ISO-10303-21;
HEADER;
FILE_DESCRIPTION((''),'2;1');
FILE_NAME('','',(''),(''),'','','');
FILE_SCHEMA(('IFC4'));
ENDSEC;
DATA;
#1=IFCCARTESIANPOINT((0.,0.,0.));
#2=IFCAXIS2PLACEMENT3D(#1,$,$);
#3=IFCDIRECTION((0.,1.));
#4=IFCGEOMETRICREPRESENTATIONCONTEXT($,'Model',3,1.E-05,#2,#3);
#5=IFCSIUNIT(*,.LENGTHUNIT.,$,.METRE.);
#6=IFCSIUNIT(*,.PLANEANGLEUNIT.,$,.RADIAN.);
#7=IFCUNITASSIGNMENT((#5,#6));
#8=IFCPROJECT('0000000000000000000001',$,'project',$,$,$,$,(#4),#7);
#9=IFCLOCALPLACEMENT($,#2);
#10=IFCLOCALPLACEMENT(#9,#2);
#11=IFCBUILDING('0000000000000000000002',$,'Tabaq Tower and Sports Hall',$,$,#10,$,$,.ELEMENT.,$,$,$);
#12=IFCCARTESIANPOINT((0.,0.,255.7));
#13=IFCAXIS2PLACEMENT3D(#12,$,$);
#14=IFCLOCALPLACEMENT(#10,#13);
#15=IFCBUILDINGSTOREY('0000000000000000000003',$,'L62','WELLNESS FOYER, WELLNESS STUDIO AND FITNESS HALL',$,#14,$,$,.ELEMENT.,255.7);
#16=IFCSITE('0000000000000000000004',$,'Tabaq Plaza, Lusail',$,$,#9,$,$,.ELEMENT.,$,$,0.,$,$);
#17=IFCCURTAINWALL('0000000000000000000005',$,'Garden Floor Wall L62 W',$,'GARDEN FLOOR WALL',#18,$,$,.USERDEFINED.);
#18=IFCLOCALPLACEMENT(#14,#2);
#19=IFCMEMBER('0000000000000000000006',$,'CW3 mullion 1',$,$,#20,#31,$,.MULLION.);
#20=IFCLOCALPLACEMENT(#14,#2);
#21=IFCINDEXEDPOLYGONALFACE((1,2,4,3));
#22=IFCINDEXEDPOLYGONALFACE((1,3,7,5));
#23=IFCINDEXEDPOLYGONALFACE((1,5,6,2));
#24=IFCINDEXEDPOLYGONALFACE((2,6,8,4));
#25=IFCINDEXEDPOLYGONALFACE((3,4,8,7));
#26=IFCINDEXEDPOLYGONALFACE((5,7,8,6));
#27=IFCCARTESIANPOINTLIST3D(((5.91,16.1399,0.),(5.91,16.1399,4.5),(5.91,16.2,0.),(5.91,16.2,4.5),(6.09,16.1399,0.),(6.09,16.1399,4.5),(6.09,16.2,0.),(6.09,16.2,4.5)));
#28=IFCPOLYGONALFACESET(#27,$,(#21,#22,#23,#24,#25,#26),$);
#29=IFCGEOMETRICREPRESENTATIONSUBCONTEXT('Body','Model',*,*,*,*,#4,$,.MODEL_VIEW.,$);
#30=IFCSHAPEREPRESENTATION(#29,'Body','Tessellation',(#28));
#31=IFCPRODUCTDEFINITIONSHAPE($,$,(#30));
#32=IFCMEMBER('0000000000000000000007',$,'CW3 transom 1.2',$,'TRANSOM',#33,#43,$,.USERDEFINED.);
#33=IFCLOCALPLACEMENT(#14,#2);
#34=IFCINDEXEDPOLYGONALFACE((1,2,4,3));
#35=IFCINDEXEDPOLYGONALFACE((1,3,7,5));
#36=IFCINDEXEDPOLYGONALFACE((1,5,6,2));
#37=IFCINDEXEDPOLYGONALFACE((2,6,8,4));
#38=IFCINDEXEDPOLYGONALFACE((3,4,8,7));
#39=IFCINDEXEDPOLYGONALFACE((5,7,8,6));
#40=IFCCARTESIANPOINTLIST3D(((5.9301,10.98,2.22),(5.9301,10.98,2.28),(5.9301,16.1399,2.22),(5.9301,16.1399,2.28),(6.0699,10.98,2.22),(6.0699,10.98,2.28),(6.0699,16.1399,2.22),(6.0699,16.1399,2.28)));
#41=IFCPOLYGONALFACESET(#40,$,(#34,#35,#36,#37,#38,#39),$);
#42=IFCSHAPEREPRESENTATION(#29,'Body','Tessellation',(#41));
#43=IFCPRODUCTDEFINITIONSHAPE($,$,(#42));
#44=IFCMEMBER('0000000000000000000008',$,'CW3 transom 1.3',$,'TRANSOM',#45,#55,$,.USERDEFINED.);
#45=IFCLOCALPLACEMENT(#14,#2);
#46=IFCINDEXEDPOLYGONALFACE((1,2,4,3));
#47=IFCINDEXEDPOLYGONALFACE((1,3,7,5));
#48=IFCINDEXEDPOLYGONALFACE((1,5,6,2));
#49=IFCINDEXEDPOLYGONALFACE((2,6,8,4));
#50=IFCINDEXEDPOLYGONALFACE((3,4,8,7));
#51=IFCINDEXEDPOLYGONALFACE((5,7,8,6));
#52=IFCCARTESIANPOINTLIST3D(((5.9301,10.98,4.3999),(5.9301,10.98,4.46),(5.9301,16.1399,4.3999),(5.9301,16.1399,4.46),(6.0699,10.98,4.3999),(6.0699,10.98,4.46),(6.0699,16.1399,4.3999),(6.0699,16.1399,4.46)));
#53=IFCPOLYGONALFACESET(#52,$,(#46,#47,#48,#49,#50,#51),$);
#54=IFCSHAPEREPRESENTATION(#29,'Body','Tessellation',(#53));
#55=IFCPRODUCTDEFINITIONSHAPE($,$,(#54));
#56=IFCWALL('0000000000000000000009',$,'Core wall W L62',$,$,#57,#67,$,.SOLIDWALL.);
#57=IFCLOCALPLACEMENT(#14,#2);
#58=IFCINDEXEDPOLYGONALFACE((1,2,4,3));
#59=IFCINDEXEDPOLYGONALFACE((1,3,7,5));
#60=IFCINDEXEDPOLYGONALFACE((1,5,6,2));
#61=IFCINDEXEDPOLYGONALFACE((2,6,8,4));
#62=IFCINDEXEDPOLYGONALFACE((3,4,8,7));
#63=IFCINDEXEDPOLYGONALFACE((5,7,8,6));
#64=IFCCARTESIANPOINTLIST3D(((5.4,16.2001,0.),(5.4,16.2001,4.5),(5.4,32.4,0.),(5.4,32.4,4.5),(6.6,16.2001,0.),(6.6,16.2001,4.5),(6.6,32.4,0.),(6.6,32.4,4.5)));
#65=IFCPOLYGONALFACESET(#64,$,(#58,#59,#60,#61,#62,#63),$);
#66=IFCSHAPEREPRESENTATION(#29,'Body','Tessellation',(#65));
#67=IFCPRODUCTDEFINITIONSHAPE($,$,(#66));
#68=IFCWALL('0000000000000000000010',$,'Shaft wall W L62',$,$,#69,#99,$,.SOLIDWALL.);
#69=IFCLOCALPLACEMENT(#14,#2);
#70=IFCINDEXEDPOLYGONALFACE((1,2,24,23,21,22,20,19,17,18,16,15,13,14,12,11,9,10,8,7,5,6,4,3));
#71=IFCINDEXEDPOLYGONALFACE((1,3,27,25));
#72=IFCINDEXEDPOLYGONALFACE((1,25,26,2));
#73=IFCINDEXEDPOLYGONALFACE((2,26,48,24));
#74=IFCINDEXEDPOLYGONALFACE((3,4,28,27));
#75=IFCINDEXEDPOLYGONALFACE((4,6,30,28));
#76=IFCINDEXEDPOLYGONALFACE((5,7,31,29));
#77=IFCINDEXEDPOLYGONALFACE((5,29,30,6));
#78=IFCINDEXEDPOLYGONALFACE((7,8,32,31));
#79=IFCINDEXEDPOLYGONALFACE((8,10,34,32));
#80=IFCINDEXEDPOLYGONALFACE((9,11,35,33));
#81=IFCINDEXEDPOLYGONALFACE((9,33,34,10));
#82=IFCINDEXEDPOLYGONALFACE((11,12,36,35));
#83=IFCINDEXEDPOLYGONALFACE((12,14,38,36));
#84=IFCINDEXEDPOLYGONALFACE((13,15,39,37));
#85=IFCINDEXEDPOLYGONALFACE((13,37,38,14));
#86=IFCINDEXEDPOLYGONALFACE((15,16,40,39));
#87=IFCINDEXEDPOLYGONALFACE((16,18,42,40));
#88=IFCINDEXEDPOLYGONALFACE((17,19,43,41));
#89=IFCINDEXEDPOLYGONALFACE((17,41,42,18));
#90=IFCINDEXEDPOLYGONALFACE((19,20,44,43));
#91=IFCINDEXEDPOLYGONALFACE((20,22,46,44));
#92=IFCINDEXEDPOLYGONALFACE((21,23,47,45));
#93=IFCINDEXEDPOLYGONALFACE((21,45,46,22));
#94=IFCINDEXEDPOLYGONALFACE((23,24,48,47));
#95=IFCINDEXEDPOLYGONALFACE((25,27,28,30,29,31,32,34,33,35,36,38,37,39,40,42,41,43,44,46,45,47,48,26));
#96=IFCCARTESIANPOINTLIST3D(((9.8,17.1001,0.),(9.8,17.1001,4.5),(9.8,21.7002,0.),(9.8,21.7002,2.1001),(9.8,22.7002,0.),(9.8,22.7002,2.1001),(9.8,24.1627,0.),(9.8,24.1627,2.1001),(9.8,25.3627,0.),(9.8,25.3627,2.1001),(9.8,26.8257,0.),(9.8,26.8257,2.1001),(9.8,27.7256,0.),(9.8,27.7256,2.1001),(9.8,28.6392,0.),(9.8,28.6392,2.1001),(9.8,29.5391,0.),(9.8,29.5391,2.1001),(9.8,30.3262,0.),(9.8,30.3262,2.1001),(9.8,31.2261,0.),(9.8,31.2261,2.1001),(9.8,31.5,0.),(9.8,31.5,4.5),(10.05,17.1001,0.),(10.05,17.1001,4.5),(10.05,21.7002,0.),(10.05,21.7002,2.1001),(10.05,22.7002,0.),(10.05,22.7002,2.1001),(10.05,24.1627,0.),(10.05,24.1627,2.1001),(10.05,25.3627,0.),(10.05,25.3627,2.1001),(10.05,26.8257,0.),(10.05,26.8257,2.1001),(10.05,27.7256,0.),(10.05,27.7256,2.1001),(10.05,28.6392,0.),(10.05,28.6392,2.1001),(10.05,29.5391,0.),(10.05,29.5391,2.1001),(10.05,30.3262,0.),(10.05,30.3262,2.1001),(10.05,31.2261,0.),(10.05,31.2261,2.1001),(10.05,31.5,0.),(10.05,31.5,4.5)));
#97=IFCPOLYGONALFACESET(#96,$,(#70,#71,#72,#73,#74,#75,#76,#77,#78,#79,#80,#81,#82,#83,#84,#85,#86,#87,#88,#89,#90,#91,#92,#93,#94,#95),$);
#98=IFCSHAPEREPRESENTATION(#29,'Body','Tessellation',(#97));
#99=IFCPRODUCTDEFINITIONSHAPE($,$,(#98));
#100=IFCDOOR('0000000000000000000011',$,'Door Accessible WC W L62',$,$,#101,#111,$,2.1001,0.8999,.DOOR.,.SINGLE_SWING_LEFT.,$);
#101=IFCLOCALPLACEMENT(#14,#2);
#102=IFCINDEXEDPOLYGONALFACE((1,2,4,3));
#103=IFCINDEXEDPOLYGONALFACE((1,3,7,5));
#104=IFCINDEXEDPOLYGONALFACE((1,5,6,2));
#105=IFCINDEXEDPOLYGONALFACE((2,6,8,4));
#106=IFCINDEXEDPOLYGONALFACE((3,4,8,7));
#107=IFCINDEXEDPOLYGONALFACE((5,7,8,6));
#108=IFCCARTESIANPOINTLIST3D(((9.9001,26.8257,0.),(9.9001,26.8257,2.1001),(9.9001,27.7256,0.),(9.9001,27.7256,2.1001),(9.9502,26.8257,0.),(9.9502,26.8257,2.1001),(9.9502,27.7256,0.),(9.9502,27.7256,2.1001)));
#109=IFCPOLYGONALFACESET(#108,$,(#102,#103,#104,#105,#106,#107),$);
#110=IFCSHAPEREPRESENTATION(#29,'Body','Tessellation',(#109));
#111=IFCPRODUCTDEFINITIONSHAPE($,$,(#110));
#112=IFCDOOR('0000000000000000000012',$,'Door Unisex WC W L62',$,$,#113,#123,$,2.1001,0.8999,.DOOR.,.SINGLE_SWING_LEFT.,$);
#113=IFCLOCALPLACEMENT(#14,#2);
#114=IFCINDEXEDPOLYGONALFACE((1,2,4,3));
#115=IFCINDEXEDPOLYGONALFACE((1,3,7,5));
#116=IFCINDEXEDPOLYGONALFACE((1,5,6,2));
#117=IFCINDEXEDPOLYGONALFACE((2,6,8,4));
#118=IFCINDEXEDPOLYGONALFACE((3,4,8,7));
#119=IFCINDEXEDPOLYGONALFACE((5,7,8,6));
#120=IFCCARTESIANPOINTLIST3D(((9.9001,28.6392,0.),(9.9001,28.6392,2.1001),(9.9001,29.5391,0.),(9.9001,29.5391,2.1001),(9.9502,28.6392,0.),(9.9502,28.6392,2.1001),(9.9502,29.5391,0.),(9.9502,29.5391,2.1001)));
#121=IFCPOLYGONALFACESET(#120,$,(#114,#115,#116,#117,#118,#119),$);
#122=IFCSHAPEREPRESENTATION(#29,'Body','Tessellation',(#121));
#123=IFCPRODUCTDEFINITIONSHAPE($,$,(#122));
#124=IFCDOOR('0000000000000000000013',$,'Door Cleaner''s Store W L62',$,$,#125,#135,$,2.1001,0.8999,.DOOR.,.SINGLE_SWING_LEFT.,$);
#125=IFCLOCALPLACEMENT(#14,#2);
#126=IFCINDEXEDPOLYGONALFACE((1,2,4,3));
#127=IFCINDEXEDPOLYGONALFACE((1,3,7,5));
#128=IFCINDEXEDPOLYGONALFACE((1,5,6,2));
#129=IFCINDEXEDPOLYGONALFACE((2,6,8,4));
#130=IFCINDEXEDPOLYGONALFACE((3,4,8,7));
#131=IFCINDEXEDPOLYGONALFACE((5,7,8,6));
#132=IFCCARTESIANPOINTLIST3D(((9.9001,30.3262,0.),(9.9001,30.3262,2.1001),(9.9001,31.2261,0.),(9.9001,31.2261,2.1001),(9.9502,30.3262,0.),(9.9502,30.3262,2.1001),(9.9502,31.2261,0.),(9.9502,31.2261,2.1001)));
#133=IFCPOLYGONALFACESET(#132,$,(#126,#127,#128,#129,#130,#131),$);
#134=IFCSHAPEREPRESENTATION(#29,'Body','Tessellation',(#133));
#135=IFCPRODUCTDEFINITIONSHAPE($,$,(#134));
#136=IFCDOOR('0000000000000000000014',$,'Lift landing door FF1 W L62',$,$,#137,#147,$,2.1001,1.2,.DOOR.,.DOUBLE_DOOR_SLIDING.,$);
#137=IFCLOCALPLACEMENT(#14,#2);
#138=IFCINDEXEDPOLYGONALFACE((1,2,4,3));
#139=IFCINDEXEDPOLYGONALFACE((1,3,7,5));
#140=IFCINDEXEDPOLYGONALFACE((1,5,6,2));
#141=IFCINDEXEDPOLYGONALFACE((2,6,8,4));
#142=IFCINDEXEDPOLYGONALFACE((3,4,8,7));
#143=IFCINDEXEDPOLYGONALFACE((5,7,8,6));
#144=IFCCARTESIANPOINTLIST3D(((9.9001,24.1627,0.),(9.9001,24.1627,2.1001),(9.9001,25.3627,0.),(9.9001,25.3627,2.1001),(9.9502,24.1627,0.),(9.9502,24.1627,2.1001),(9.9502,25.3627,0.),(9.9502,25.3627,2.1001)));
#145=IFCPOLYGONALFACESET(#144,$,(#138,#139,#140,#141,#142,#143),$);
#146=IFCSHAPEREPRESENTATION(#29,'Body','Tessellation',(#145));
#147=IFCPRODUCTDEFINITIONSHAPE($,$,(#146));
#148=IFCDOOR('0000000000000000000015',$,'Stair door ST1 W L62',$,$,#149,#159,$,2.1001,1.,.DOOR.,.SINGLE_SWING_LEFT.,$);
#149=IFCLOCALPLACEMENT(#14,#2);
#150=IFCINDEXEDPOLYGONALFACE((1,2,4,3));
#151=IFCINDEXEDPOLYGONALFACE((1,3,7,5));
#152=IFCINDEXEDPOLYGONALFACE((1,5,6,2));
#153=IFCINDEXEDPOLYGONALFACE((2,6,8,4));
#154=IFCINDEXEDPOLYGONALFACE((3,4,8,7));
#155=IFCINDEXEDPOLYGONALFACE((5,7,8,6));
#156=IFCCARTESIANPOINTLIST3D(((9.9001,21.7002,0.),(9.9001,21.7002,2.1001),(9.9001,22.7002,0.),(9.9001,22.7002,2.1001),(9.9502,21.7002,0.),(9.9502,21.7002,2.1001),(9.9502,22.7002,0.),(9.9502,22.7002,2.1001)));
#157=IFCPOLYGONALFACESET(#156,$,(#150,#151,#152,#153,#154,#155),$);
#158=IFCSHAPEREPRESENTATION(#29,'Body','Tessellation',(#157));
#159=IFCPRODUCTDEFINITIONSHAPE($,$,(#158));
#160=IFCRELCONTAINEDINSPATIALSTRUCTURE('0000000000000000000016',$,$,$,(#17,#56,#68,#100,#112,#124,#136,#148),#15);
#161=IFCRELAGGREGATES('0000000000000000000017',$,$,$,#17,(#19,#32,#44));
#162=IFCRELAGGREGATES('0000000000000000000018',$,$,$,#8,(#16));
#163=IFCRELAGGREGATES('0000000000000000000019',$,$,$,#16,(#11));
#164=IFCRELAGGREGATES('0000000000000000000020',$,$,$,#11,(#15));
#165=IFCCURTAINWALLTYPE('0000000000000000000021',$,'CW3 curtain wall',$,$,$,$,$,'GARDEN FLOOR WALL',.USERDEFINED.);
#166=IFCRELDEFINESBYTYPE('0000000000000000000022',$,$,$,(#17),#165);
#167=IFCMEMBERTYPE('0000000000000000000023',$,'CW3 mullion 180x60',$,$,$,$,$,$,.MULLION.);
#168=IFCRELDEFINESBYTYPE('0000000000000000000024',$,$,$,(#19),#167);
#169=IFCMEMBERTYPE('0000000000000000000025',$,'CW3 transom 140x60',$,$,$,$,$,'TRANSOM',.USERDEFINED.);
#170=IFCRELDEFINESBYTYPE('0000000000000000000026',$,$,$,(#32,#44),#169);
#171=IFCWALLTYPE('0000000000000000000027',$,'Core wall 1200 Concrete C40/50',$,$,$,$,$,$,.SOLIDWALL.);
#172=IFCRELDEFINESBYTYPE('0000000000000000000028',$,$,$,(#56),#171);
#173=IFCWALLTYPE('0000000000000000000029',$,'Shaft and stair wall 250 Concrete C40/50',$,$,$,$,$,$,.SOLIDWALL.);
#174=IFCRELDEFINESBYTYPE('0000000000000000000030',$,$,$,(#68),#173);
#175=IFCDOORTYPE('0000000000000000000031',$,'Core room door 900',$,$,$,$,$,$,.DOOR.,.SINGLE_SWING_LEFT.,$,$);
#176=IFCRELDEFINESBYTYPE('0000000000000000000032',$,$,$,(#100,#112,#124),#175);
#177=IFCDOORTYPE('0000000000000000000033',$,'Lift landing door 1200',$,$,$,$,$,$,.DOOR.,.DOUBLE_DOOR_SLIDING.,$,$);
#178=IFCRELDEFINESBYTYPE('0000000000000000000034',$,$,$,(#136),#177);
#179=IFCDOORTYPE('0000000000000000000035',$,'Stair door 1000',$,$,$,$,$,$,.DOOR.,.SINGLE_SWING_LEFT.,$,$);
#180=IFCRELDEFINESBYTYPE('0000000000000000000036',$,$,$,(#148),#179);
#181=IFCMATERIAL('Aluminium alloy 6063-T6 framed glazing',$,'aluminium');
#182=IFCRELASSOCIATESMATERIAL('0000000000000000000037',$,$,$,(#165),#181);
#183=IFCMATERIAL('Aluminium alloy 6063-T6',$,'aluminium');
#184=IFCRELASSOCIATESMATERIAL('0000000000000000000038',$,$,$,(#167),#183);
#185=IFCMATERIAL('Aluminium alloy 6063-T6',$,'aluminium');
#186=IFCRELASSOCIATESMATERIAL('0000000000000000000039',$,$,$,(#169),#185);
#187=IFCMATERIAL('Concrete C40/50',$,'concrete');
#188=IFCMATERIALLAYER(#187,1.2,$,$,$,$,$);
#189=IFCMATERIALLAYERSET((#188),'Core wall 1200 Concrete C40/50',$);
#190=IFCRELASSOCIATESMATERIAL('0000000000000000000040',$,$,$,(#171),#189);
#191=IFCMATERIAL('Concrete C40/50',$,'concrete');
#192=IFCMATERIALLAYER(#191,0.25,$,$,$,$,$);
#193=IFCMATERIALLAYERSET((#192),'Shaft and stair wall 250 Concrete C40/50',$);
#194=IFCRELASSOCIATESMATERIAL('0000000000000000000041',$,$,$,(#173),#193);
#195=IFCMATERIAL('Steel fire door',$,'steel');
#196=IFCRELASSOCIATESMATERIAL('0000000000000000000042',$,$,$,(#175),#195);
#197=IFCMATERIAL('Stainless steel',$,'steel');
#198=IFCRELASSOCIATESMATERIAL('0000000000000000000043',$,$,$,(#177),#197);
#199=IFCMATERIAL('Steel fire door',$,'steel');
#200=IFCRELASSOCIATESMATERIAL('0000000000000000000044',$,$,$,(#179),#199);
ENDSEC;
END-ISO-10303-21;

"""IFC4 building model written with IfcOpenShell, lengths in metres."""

from ifc_helpers import new_model, si_unit, direction, frame, frame_2d, origin, origin_2d, place, context, subcontext, project, spatial, rectangle, extrude, material, layer, layer_set, material_profile, profile_set, type_object, element, fill, aggregate, save


model = new_model("IFC4")

# Units and contexts
model_context = context("Model", 3, precision=1e-05, world=origin(), true_north=direction((0.0, 1.0)))
body_context = subcontext(model_context, "Body", "Model", "MODEL_VIEW")
ifc_project = project(units=[si_unit("LENGTHUNIT", "METRE"), si_unit("PLANEANGLEUNIT", "RADIAN")], contexts=[model_context])

# Site, building, storey
site_placement = place(None, origin())
site = spatial("IfcSite", under=ifc_project, at=site_placement, Name="Tabaq Plaza, Lusail", CompositionType="ELEMENT", RefElevation=0.0)
building_placement = place(site_placement, origin())
building = spatial("IfcBuilding", under=site, at=building_placement, Name="Tabaq Tower and Sports Hall", CompositionType="ELEMENT")
storey_placement = place(building_placement, frame((0.0, 0.0, 255.7)))
storey = spatial("IfcBuildingStorey", under=building, at=storey_placement, Name="L62", Description="WELLNESS FOYER, WELLNESS STUDIO AND FITNESS HALL", CompositionType="ELEMENT", Elevation=255.7)

# Curtain wall, members
ifc_material_1 = material(Name="Aluminium alloy 6063-T6 framed glazing", Category="aluminium")
curtain_wall_type = type_object("IfcCurtainWallType", Name="CW3 curtain wall", ElementType="GARDEN FLOOR WALL", PredefinedType="USERDEFINED", material=ifc_material_1)
curtain_wall_placement = place(storey_placement, origin())
curtain_wall = element("IfcCurtainWall", 1, at=curtain_wall_placement, inside=storey, type_object=curtain_wall_type, Name="Garden Floor Wall L62 W", ObjectType="GARDEN FLOOR WALL", PredefinedType="USERDEFINED")
ifc_material_2 = material(Name="Aluminium alloy 6063-T6", Category="aluminium")
ifc_material_profile_1 = material_profile(ifc_material_2, rectangle(XDim=0.1799, YDim=0.0601, at=origin_2d()), Name="MULLION 180x60")
ifc_profile_set_1 = profile_set([ifc_material_profile_1], Name="Aluminium alloy 6063-T6")
member_type_1 = type_object("IfcMemberType", Name="CW3 mullion 180x60", PredefinedType="MULLION", material=ifc_profile_set_1)
member_1_placement = place(storey_placement, frame((6.0, 16.1699, 0.0), z_axis=(0.0, 0.0, 1.0), x_axis=(1.0, 0.0, 0.0)))
member_1 = element("IfcMember", 2, at=member_1_placement, type_object=member_type_1, Name="CW3 mullion 1", PredefinedType="MULLION", context=body_context, shape_type="SweptSolid", body=[
    extrude(rectangle(XDim=0.1799, YDim=0.0601, at=origin_2d()), origin(), (0.0, 0.0, 1.0), 4.5),
])
ifc_material_3 = material(Name="Aluminium alloy 6063-T6", Category="aluminium")
ifc_material_profile_2 = material_profile(ifc_material_3, rectangle(XDim=0.1399, YDim=0.0601, at=origin_2d()), Name="TRANSOM 140x60")
ifc_profile_set_2 = profile_set([ifc_material_profile_2], Name="Aluminium alloy 6063-T6")
member_type_2 = type_object("IfcMemberType", Name="CW3 transom 140x60", ElementType="TRANSOM", PredefinedType="USERDEFINED", material=ifc_profile_set_2)
member_2_placement = place(storey_placement, frame((6.0, 16.1399, 2.25), z_axis=(0.0, -1.0, 0.0), x_axis=(1.0, 0.0, 0.0)))
member_2 = element("IfcMember", 3, at=member_2_placement, type_object=member_type_2, Name="CW3 transom 1.2", ObjectType="TRANSOM", PredefinedType="USERDEFINED", context=body_context, shape_type="SweptSolid", body=[
    extrude(rectangle(XDim=0.1399, YDim=0.0601, at=origin_2d()), origin(), (0.0, 0.0, 1.0), 5.1599),
])
member_3_placement = place(storey_placement, frame((6.0, 16.1399, 4.4299), z_axis=(0.0, -1.0, 0.0), x_axis=(1.0, 0.0, 0.0)))
member_3 = element("IfcMember", 4, at=member_3_placement, type_object=member_type_2, Name="CW3 transom 1.3", ObjectType="TRANSOM", PredefinedType="USERDEFINED", context=body_context, shape_type="SweptSolid", body=[
    extrude(rectangle(XDim=0.1399, YDim=0.0601, at=origin_2d()), origin(), (0.0, 0.0, 1.0), 5.1599),
])
aggregate(curtain_wall, [member_1, member_2, member_3])

# Wall
ifc_material_4 = material(Name="Concrete C40/50", Category="concrete")
ifc_layer_1 = layer(ifc_material_4, 1.2)
ifc_layer_set_1 = layer_set([ifc_layer_1], Name="Core wall 1200 Concrete C40/50")
wall_type_1 = type_object("IfcWallType", Name="Core wall 1200 Concrete C40/50", PredefinedType="SOLIDWALL", material=ifc_layer_set_1)
wall_1_placement = place(storey_placement, frame((6.0, 16.2, 0.0), z_axis=(0.0, 0.0, 1.0), x_axis=(0.0, 1.0, 0.0)))
element("IfcWall", 5, at=wall_1_placement, inside=storey, type_object=wall_type_1, Name="Core wall W L62", PredefinedType="SOLIDWALL", context=body_context, shape_type="SweptSolid", body=[
    extrude(rectangle(XDim=16.2, YDim=1.2, at=frame_2d((8.1001, 0.0))), origin(), (0.0, 0.0, 1.0), 4.5),
])

# Wall, openings, doors
ifc_material_5 = material(Name="Concrete C40/50", Category="concrete")
ifc_layer_2 = layer(ifc_material_5, 0.25)
ifc_layer_set_2 = layer_set([ifc_layer_2], Name="Shaft and stair wall 250 Concrete C40/50")
wall_type_2 = type_object("IfcWallType", Name="Shaft and stair wall 250 Concrete C40/50", PredefinedType="SOLIDWALL", material=ifc_layer_set_2)
wall_2_placement = place(storey_placement, frame((9.925, 17.1001, 0.0), z_axis=(0.0, 0.0, 1.0), x_axis=(0.0, 1.0, 0.0)))
wall_2 = element("IfcWall", 6, at=wall_2_placement, inside=storey, type_object=wall_type_2, Name="Shaft wall W L62", PredefinedType="SOLIDWALL", context=body_context, shape_type="SweptSolid", body=[
    extrude(rectangle(XDim=14.3999, YDim=0.25, at=frame_2d((7.2, 0.0))), origin(), (0.0, 0.0, 1.0), 4.5),
])
opening_1_placement = place(wall_2_placement, frame((4.6001, 0.0, 0.0)))
opening_1 = element("IfcOpeningElement", 7, at=opening_1_placement, cuts=wall_2, PredefinedType="OPENING", context=body_context, shape_type="SweptSolid", body=[
    extrude(rectangle(XDim=1.0, YDim=2.1001, at=frame_2d((0.5, 1.05))), frame((0.0, 0.125, 0.0), z_axis=(0.0, -1.0, 0.0), x_axis=(1.0, 0.0, 0.0)), (0.0, 0.0, 1.0), 0.25),
])
opening_2_placement = place(wall_2_placement, frame((7.0625, 0.0, 0.0)))
opening_2 = element("IfcOpeningElement", 8, at=opening_2_placement, cuts=wall_2, PredefinedType="OPENING", context=body_context, shape_type="SweptSolid", body=[
    extrude(rectangle(XDim=1.2, YDim=2.1001, at=frame_2d((0.6001, 1.05))), frame((0.0, 0.125, 0.0), z_axis=(0.0, -1.0, 0.0), x_axis=(1.0, 0.0, 0.0)), (0.0, 0.0, 1.0), 0.25),
])
opening_3_placement = place(wall_2_placement, frame((9.7256, 0.0, 0.0)))
opening_3 = element("IfcOpeningElement", 9, at=opening_3_placement, cuts=wall_2, PredefinedType="OPENING", context=body_context, shape_type="SweptSolid", body=[
    extrude(rectangle(XDim=0.8999, YDim=2.1001, at=frame_2d((0.45, 1.05))), frame((0.0, 0.125, 0.0), z_axis=(0.0, -1.0, 0.0), x_axis=(1.0, 0.0, 0.0)), (0.0, 0.0, 1.0), 0.25),
])
opening_4_placement = place(wall_2_placement, frame((11.5391, 0.0, 0.0)))
opening_4 = element("IfcOpeningElement", 10, at=opening_4_placement, cuts=wall_2, PredefinedType="OPENING", context=body_context, shape_type="SweptSolid", body=[
    extrude(rectangle(XDim=0.8999, YDim=2.1001, at=frame_2d((0.45, 1.05))), frame((0.0, 0.125, 0.0), z_axis=(0.0, -1.0, 0.0), x_axis=(1.0, 0.0, 0.0)), (0.0, 0.0, 1.0), 0.25),
])
opening_5_placement = place(wall_2_placement, frame((13.2261, 0.0, 0.0)))
opening_5 = element("IfcOpeningElement", 11, at=opening_5_placement, cuts=wall_2, PredefinedType="OPENING", context=body_context, shape_type="SweptSolid", body=[
    extrude(rectangle(XDim=0.8999, YDim=2.1001, at=frame_2d((0.45, 1.05))), frame((0.0, 0.125, 0.0), z_axis=(0.0, -1.0, 0.0), x_axis=(1.0, 0.0, 0.0)), (0.0, 0.0, 1.0), 0.25),
])
ifc_material_6 = material(Name="Steel fire door", Category="steel")
door_type_1 = type_object("IfcDoorType", Name="Core room door 900", OperationType="SINGLE_SWING_LEFT", PredefinedType="DOOR", material=ifc_material_6)
door_1_placement = place(opening_3_placement, origin())
door_1 = element("IfcDoor", 12, at=door_1_placement, inside=storey, type_object=door_type_1, Name="Door Accessible WC W L62", OperationType="SINGLE_SWING_LEFT", OverallHeight=2.1001, OverallWidth=0.8999, PredefinedType="DOOR", context=body_context, shape_type="SweptSolid", body=[
    extrude(rectangle(XDim=0.8999, YDim=2.1001, at=frame_2d((0.45, 1.05))), frame((0.0, 0.0249, 0.0), z_axis=(0.0, -1.0, 0.0), x_axis=(1.0, 0.0, 0.0)), (0.0, 0.0, 1.0), 0.05),
])
fill(opening_3, door_1)
door_2_placement = place(opening_4_placement, origin())
door_2 = element("IfcDoor", 13, at=door_2_placement, inside=storey, type_object=door_type_1, Name="Door Unisex WC W L62", OperationType="SINGLE_SWING_LEFT", OverallHeight=2.1001, OverallWidth=0.8999, PredefinedType="DOOR", context=body_context, shape_type="SweptSolid", body=[
    extrude(rectangle(XDim=0.8999, YDim=2.1001, at=frame_2d((0.45, 1.05))), frame((0.0, 0.0249, 0.0), z_axis=(0.0, -1.0, 0.0), x_axis=(1.0, 0.0, 0.0)), (0.0, 0.0, 1.0), 0.05),
])
fill(opening_4, door_2)
door_3_placement = place(opening_5_placement, origin())
door_3 = element("IfcDoor", 14, at=door_3_placement, inside=storey, type_object=door_type_1, Name="Door Cleaner's Store W L62", OperationType="SINGLE_SWING_LEFT", OverallHeight=2.1001, OverallWidth=0.8999, PredefinedType="DOOR", context=body_context, shape_type="SweptSolid", body=[
    extrude(rectangle(XDim=0.8999, YDim=2.1001, at=frame_2d((0.45, 1.05))), frame((0.0, 0.0249, 0.0), z_axis=(0.0, -1.0, 0.0), x_axis=(1.0, 0.0, 0.0)), (0.0, 0.0, 1.0), 0.05),
])
fill(opening_5, door_3)
ifc_material_7 = material(Name="Stainless steel", Category="steel")
door_type_2 = type_object("IfcDoorType", Name="Lift landing door 1200", OperationType="DOUBLE_DOOR_SLIDING", PredefinedType="DOOR", material=ifc_material_7)
door_4_placement = place(opening_2_placement, origin())
door_4 = element("IfcDoor", 15, at=door_4_placement, inside=storey, type_object=door_type_2, Name="Lift landing door FF1 W L62", OperationType="DOUBLE_DOOR_SLIDING", OverallHeight=2.1001, OverallWidth=1.2, PredefinedType="DOOR", context=body_context, shape_type="SweptSolid", body=[
    extrude(rectangle(XDim=1.2, YDim=2.1001, at=frame_2d((0.6001, 1.05))), frame((0.0, 0.0249, 0.0), z_axis=(0.0, -1.0, 0.0), x_axis=(1.0, 0.0, 0.0)), (0.0, 0.0, 1.0), 0.05),
])
fill(opening_2, door_4)
ifc_material_8 = material(Name="Steel fire door", Category="steel")
door_type_3 = type_object("IfcDoorType", Name="Stair door 1000", OperationType="SINGLE_SWING_LEFT", PredefinedType="DOOR", material=ifc_material_8)
door_5_placement = place(opening_1_placement, origin())
door_5 = element("IfcDoor", 16, at=door_5_placement, inside=storey, type_object=door_type_3, Name="Stair door ST1 W L62", OperationType="SINGLE_SWING_LEFT", OverallHeight=2.1001, OverallWidth=1.0, PredefinedType="DOOR", context=body_context, shape_type="SweptSolid", body=[
    extrude(rectangle(XDim=1.0, YDim=2.1001, at=frame_2d((0.5, 1.05))), frame((0.0, 0.0249, 0.0), z_axis=(0.0, -1.0, 0.0), x_axis=(1.0, 0.0, 0.0)), (0.0, 0.0, 1.0), 0.05),
])
fill(opening_1, door_5)

save(model, "model.ifc")
